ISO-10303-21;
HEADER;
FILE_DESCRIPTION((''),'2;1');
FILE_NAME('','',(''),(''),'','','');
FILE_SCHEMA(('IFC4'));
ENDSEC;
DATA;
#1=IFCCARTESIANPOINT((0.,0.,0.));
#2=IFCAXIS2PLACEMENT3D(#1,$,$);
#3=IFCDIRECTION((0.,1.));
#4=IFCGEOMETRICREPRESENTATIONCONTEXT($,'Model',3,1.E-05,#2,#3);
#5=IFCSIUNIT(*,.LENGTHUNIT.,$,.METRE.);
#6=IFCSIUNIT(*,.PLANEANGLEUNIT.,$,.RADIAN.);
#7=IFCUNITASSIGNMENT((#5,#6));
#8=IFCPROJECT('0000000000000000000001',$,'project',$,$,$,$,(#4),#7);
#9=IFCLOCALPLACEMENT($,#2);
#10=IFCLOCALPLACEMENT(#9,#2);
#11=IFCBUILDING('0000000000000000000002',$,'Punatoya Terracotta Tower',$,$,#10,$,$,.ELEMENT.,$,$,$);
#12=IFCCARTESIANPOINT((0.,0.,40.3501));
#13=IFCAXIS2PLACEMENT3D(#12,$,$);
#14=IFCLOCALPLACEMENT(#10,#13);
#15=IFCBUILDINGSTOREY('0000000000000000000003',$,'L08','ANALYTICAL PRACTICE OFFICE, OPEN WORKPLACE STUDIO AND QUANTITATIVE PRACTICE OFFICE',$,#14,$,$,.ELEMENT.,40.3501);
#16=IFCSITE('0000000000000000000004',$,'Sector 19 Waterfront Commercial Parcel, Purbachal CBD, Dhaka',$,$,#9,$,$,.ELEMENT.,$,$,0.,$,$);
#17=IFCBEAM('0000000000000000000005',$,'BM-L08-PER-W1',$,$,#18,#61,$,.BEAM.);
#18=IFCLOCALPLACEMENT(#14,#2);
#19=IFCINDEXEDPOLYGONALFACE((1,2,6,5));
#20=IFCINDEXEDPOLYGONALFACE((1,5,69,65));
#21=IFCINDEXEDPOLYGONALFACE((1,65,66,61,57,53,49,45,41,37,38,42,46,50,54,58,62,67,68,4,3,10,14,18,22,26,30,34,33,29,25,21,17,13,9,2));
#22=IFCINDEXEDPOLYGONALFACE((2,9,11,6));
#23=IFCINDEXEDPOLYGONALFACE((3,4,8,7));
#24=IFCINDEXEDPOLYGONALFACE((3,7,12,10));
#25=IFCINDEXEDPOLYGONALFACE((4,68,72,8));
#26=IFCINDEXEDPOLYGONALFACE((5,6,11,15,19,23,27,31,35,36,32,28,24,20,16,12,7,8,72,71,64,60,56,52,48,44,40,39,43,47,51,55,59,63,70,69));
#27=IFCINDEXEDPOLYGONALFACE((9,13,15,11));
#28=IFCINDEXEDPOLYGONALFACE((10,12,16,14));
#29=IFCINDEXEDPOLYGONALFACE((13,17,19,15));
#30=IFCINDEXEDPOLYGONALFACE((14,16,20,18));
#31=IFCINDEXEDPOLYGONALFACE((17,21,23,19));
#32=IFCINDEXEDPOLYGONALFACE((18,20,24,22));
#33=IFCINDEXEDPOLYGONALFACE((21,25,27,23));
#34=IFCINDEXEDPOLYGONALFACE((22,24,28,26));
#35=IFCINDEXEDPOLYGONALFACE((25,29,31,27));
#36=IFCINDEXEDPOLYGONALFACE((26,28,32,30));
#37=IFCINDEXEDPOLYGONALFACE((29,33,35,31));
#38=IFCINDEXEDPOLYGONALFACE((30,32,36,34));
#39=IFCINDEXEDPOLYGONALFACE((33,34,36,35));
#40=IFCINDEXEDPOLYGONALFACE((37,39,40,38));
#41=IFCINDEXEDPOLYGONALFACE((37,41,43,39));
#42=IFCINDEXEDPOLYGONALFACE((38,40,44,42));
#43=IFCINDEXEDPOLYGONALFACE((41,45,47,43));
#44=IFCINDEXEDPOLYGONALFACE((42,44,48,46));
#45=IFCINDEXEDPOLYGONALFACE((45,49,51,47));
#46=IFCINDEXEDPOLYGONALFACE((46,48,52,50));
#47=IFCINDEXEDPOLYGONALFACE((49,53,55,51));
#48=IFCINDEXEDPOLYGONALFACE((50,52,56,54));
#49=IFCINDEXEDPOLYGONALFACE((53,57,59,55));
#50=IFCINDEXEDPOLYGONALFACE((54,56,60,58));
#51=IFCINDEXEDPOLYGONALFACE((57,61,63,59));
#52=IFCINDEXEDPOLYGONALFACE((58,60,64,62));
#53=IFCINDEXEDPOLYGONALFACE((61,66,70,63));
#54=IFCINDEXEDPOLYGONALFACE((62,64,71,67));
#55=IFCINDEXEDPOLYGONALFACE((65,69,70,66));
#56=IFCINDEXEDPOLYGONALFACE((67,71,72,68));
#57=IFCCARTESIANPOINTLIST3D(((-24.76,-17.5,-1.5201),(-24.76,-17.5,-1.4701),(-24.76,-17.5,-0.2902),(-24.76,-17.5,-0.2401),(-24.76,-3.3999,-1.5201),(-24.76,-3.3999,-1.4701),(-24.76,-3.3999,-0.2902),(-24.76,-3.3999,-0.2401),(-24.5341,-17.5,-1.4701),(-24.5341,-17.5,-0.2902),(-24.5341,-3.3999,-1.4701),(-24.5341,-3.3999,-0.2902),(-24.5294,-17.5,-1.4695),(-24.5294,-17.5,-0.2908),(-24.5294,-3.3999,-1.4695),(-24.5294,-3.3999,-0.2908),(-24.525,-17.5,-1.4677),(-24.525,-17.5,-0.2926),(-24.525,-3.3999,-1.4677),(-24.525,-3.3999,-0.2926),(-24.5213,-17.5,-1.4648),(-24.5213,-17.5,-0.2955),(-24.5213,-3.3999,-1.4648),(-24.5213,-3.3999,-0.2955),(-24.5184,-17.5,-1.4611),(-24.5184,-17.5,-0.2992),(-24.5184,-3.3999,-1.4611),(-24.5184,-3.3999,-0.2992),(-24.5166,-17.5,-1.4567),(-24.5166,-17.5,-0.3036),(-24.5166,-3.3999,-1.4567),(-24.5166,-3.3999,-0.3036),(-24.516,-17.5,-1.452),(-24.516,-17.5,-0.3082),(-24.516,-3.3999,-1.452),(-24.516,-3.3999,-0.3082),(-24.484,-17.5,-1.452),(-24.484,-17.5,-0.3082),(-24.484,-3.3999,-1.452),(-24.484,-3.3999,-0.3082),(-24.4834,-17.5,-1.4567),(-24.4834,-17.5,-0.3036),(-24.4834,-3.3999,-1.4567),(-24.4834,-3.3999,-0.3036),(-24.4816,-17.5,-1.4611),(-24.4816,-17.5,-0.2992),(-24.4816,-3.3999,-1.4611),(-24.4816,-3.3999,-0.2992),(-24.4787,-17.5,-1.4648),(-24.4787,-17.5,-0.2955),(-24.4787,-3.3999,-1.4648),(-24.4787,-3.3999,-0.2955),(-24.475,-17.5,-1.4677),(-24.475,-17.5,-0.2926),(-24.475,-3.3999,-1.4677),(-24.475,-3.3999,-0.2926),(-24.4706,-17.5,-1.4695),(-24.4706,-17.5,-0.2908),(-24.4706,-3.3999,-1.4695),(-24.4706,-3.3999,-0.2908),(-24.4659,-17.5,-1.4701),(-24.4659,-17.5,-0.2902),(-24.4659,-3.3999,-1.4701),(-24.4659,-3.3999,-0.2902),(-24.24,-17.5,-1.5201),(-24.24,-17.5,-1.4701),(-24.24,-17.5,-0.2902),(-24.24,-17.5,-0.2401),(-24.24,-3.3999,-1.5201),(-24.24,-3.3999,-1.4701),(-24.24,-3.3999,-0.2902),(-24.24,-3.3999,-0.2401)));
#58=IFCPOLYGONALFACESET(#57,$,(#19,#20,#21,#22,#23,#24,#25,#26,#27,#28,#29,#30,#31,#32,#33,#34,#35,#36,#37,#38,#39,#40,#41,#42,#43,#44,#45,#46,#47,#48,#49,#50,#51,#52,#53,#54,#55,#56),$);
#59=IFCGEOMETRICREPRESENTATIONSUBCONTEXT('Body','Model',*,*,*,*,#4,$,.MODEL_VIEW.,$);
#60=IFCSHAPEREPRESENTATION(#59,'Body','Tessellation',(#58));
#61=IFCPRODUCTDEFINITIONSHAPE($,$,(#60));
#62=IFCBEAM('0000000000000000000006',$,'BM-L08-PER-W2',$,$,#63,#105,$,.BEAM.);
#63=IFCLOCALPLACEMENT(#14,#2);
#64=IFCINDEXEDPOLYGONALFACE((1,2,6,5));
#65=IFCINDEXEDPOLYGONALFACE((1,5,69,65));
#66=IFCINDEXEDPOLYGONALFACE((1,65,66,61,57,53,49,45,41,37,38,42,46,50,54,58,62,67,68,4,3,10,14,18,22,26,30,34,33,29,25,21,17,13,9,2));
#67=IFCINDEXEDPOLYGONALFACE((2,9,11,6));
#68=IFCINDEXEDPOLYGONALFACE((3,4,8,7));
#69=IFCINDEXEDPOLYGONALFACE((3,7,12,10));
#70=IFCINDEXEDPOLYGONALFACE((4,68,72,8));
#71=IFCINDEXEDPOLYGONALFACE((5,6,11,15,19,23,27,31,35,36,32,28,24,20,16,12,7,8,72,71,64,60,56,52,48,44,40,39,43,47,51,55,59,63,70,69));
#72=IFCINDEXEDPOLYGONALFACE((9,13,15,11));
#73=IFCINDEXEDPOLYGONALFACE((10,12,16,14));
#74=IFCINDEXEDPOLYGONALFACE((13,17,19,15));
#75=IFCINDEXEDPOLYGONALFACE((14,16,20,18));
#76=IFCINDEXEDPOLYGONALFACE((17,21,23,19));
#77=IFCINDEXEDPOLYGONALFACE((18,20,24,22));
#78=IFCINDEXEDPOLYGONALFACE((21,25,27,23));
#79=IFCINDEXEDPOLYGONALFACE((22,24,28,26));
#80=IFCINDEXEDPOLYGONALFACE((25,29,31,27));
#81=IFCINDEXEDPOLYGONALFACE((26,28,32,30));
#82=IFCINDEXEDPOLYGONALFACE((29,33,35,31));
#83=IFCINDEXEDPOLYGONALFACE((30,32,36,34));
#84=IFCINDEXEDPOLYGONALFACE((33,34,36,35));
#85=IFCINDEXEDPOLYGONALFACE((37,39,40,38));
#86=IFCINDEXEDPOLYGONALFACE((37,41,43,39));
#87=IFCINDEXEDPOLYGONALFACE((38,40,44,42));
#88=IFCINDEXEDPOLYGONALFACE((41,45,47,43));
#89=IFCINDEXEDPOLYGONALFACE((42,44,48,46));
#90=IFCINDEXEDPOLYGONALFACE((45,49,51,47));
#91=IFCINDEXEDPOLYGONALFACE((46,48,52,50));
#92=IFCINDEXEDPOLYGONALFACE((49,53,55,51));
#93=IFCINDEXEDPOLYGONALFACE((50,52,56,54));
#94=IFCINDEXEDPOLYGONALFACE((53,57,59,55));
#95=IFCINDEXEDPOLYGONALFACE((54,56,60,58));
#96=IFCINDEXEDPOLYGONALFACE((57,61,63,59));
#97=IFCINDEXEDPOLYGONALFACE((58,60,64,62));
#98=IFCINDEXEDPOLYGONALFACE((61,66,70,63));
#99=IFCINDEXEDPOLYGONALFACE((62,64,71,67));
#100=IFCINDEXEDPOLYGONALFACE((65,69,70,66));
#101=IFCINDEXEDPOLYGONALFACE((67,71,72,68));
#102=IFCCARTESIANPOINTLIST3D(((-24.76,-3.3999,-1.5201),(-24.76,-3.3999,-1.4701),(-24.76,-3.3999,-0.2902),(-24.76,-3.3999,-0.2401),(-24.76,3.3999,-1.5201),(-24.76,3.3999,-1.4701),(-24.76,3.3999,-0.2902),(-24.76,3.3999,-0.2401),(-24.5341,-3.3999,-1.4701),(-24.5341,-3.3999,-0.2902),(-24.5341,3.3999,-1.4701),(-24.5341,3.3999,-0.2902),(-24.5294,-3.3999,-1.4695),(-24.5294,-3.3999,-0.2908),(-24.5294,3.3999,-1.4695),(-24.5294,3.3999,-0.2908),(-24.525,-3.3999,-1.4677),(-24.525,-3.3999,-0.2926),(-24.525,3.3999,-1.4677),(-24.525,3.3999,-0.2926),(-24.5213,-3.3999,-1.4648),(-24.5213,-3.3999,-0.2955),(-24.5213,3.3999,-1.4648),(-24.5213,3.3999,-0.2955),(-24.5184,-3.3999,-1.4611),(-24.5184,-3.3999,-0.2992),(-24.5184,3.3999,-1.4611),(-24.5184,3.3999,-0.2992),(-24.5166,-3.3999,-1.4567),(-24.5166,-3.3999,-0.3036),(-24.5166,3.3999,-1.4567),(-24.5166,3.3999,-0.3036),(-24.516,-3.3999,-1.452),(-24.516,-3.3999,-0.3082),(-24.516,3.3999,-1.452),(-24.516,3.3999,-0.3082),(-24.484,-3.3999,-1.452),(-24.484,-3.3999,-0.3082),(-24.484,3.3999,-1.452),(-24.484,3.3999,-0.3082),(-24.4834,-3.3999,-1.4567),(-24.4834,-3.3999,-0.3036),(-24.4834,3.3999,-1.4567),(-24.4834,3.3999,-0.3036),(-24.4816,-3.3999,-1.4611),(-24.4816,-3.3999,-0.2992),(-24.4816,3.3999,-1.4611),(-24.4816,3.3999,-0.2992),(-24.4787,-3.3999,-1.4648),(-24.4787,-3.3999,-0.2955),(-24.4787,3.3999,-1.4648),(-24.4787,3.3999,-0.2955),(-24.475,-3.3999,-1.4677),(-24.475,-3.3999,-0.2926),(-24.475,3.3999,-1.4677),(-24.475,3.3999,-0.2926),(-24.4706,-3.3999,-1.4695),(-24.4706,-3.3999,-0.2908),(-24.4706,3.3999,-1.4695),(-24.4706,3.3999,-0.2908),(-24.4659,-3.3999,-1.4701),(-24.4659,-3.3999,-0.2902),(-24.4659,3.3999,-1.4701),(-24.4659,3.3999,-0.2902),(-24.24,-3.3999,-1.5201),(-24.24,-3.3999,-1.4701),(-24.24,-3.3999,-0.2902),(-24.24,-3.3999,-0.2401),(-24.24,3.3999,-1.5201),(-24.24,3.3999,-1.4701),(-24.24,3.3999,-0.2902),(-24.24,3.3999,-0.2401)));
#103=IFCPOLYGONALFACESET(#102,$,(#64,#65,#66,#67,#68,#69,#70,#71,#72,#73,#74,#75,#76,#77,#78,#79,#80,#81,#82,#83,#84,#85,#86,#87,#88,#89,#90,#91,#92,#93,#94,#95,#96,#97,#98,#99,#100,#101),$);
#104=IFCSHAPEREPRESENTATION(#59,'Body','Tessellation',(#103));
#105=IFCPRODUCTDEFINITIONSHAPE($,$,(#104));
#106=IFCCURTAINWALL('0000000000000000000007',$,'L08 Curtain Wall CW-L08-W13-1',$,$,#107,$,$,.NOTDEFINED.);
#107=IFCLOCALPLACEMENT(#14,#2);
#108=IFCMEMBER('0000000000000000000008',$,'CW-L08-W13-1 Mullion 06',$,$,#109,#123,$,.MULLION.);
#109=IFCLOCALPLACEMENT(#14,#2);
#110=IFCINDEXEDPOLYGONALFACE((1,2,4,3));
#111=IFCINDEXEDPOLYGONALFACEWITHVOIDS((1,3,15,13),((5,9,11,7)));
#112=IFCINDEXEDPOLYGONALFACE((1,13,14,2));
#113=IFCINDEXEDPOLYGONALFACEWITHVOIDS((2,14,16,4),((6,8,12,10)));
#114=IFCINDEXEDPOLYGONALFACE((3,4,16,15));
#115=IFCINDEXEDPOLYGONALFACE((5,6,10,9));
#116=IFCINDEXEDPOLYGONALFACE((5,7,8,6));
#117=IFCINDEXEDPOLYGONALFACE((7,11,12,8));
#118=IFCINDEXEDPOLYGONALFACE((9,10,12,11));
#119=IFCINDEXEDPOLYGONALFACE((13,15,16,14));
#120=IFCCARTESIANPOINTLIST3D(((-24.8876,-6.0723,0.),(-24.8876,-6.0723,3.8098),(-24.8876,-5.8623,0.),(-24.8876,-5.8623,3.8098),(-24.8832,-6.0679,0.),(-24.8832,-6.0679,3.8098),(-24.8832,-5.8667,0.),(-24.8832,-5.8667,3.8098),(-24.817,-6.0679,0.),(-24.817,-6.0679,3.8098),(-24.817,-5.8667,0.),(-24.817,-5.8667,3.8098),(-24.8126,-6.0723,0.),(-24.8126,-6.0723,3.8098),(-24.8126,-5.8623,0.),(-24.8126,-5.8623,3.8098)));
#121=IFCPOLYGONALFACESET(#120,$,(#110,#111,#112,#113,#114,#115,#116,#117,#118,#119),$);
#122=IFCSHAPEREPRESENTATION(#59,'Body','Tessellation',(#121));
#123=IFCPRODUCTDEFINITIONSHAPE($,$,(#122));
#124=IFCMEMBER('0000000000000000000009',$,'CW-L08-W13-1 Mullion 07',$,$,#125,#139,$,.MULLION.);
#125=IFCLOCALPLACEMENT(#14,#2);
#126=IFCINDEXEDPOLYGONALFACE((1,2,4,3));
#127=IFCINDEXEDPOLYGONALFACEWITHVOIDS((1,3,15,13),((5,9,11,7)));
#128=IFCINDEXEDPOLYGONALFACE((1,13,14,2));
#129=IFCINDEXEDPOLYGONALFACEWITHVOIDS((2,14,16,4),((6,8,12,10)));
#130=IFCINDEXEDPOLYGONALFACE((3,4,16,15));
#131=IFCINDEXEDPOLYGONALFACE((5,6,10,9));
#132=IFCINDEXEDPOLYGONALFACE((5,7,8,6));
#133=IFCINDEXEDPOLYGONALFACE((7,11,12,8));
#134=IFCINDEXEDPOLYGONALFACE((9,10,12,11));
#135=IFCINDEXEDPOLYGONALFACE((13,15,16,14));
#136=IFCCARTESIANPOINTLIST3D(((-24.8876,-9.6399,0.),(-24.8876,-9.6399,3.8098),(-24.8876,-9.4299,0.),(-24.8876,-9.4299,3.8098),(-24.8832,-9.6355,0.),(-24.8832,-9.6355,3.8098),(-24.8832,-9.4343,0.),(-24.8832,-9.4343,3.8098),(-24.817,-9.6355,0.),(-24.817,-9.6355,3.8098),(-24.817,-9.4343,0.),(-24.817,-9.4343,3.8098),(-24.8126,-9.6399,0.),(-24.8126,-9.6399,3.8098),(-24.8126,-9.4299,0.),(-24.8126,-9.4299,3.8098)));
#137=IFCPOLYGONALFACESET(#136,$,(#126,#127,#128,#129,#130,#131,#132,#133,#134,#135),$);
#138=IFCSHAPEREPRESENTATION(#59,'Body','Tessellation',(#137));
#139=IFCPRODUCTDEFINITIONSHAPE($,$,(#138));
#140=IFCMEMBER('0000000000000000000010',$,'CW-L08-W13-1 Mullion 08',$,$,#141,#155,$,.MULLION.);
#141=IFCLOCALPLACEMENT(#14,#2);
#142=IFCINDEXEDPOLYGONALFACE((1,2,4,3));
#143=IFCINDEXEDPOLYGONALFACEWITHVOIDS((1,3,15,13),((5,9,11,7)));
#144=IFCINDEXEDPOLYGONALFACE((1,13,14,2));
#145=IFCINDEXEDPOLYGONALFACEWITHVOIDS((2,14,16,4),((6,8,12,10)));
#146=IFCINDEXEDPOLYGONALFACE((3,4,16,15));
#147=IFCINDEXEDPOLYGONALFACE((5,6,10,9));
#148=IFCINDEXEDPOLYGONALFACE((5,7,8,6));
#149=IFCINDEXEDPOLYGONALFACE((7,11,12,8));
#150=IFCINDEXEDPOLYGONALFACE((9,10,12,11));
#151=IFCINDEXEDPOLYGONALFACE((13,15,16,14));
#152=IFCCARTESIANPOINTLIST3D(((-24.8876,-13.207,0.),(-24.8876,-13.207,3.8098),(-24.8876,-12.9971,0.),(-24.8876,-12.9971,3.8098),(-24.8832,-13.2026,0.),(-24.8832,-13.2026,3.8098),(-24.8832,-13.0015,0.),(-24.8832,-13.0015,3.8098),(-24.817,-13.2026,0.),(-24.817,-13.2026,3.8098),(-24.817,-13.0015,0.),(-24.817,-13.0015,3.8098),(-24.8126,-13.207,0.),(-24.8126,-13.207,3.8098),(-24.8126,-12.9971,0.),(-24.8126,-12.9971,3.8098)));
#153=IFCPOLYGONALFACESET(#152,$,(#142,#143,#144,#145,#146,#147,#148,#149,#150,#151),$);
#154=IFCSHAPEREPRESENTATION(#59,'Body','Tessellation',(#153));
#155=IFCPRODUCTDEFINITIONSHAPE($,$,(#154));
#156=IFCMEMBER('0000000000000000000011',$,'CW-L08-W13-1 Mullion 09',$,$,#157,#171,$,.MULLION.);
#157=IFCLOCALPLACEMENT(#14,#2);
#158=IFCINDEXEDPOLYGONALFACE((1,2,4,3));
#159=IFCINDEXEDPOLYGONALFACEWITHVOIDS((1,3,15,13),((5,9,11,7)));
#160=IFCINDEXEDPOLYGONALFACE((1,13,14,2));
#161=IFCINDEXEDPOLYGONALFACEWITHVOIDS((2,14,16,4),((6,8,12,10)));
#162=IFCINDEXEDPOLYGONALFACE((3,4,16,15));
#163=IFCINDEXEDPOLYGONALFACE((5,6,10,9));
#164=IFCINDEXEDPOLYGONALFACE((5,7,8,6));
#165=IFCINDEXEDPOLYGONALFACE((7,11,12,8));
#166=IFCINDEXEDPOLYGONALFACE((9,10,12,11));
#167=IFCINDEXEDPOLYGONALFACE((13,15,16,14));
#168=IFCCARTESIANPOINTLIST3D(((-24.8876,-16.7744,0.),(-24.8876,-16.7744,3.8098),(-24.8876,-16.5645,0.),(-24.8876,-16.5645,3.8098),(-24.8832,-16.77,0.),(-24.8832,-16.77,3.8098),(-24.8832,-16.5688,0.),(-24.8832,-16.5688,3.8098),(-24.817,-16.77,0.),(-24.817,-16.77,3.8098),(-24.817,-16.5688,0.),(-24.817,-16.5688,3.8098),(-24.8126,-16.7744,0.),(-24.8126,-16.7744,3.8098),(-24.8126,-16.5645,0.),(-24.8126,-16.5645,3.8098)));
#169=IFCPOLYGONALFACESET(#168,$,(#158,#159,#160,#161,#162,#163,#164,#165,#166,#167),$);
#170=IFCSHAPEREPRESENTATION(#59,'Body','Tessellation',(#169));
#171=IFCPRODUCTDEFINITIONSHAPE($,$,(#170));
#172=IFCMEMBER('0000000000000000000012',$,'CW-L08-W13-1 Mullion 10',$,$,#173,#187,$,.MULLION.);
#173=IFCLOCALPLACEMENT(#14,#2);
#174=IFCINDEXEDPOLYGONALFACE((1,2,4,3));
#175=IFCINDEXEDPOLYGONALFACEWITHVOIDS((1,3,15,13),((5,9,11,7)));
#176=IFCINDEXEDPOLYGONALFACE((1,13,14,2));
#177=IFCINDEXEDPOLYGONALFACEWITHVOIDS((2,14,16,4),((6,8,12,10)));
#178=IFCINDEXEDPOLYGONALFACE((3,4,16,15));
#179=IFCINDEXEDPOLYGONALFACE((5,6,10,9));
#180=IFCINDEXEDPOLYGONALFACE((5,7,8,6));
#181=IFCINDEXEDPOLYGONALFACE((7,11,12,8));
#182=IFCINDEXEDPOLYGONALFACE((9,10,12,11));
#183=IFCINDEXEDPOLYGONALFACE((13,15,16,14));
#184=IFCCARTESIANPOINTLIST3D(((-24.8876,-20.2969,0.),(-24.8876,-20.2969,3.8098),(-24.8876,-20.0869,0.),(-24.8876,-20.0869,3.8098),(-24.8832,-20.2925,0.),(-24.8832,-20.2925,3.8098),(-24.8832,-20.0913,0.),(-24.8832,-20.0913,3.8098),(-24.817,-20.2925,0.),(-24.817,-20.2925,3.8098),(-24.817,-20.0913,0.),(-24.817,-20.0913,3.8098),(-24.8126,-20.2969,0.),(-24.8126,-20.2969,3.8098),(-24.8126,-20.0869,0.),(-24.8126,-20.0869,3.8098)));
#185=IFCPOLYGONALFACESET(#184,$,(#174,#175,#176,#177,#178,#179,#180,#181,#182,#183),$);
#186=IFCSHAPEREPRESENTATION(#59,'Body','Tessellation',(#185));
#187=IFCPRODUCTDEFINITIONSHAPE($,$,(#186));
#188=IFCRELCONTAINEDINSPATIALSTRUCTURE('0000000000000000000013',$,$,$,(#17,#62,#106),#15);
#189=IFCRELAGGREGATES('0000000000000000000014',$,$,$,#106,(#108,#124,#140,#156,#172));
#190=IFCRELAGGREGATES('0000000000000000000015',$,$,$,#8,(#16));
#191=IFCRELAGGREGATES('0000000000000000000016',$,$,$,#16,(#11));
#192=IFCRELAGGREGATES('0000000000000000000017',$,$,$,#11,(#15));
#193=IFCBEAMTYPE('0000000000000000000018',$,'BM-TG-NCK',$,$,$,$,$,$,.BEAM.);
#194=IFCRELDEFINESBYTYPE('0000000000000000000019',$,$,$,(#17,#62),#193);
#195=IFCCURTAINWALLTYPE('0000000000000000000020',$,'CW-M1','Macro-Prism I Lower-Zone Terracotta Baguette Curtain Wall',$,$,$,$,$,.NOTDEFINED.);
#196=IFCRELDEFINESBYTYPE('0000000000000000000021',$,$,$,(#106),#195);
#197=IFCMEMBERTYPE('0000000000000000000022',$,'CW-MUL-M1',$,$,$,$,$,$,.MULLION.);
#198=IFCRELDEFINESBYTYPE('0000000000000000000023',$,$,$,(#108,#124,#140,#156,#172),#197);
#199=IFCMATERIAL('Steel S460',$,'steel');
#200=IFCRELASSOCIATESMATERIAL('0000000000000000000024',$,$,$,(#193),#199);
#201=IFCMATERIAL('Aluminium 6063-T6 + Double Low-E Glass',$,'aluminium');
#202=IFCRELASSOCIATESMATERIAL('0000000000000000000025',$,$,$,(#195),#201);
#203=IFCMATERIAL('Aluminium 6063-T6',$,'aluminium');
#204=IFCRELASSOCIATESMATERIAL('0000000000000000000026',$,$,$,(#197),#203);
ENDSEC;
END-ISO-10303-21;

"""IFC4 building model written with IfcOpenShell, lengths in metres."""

from ifc_helpers import new_model, si_unit, direction, frame, origin, origin_2d, place, context, subcontext, project, spatial, hollow_rectangle, i_section, extrude, material, material_profile, profile_set, type_object, element, aggregate, save


model = new_model("IFC4")

# Units and contexts
model_context = context("Model", 3, precision=1e-05, world=origin(), true_north=direction((0.0, 1.0)))
body_context = subcontext(model_context, "Body", "Model", "MODEL_VIEW")
ifc_project = project(units=[si_unit("LENGTHUNIT", "METRE"), si_unit("PLANEANGLEUNIT", "RADIAN")], contexts=[model_context])

# Site, building, storey
site_placement = place(None, origin())
site = spatial("IfcSite", under=ifc_project, at=site_placement, Name="Sector 19 Waterfront Commercial Parcel, Purbachal CBD, Dhaka", CompositionType="ELEMENT", RefElevation=0.0)
building_placement = place(site_placement, origin())
building = spatial("IfcBuilding", under=site, at=building_placement, Name="Punatoya Terracotta Tower", CompositionType="ELEMENT")
storey_placement = place(building_placement, frame((0.0, 0.0, 40.3501)))
storey = spatial("IfcBuildingStorey", under=building, at=storey_placement, Name="L08", Description="ANALYTICAL PRACTICE OFFICE, OPEN WORKPLACE STUDIO AND QUANTITATIVE PRACTICE OFFICE", CompositionType="ELEMENT", Elevation=40.3501)

# Shared definitions
ifc_material_1 = material(Name="Steel S460", Category="steel")

# Beams
ifc_material_profile_1 = material_profile(ifc_material_1, i_section(OverallWidth=0.52, OverallDepth=1.28, WebThickness=0.032, FlangeThickness=0.05, FilletRadius=0.0181, at=origin_2d()))
ifc_profile_set_1 = profile_set([ifc_material_profile_1], Name="Steel S460")
beam_type_1 = type_object("IfcBeamType", Name="BM-TG-NCK", PredefinedType="BEAM", material=ifc_profile_set_1)
beam_1_placement = place(storey_placement, frame((-24.5, -17.5, -0.8801), z_axis=(0.0, 1.0, 0.0), x_axis=(-1.0, 0.0, 0.0)))
element("IfcBeam", 1, at=beam_1_placement, inside=storey, type_object=beam_type_1, Name="BM-L08-PER-W1", PredefinedType="BEAM", context=body_context, shape_type="SweptSolid", body=[
    extrude(i_section(OverallWidth=0.52, OverallDepth=1.28, WebThickness=0.032, FlangeThickness=0.05, FilletRadius=0.0181, at=origin_2d()), origin(), (0.0, 0.0, 1.0), 14.1001),
])
beam_2_placement = place(storey_placement, frame((-24.5, -3.3999, -0.8801), z_axis=(0.0, 1.0, 0.0), x_axis=(-1.0, 0.0, 0.0)))
element("IfcBeam", 2, at=beam_2_placement, inside=storey, type_object=beam_type_1, Name="BM-L08-PER-W2", PredefinedType="BEAM", context=body_context, shape_type="SweptSolid", body=[
    extrude(i_section(OverallWidth=0.52, OverallDepth=1.28, WebThickness=0.032, FlangeThickness=0.05, FilletRadius=0.0181, at=origin_2d()), origin(), (0.0, 0.0, 1.0), 6.7998),
])

# Curtain wall, members
ifc_material_2 = material(Name="Aluminium 6063-T6 + Double Low-E Glass", Category="aluminium")
curtain_wall_type = type_object("IfcCurtainWallType", Name="CW-M1", Description="Macro-Prism I Lower-Zone Terracotta Baguette Curtain Wall", PredefinedType="NOTDEFINED", material=ifc_material_2)
curtain_wall_1_placement = place(storey_placement, origin())
curtain_wall_1 = element("IfcCurtainWall", 3, at=curtain_wall_1_placement, inside=storey, type_object=curtain_wall_type, Name="L08 Curtain Wall CW-L08-W13-1", PredefinedType="NOTDEFINED")
ifc_material_3 = material(Name="Aluminium 6063-T6", Category="aluminium")
ifc_material_profile_2 = material_profile(ifc_material_3, hollow_rectangle(XDim=0.075, YDim=0.21, WallThickness=0.0044, at=origin_2d()))
ifc_profile_set_2 = profile_set([ifc_material_profile_2], Name="Aluminium 6063-T6")
member_type_1 = type_object("IfcMemberType", Name="CW-MUL-M1", PredefinedType="MULLION", material=ifc_profile_set_2)
member_1_placement = place(storey_placement, frame((-24.8501, -5.9673, 0.0), z_axis=(0.0, 0.0, 1.0), x_axis=(1.0, 0.0, 0.0)))
member_1 = element("IfcMember", 4, at=member_1_placement, type_object=member_type_1, Name="CW-L08-W13-1 Mullion 06", PredefinedType="MULLION", context=body_context, shape_type="SweptSolid", body=[
    extrude(hollow_rectangle(XDim=0.075, YDim=0.21, WallThickness=0.0044, at=origin_2d()), origin(), (0.0, 0.0, 1.0), 3.8098),
])
member_2_placement = place(storey_placement, frame((-24.8501, -9.5349, 0.0), z_axis=(0.0, 0.0, 1.0), x_axis=(1.0, 0.0, 0.0)))
member_2 = element("IfcMember", 5, at=member_2_placement, type_object=member_type_1, Name="CW-L08-W13-1 Mullion 07", PredefinedType="MULLION", context=body_context, shape_type="SweptSolid", body=[
    extrude(hollow_rectangle(XDim=0.075, YDim=0.21, WallThickness=0.0044, at=origin_2d()), origin(), (0.0, 0.0, 1.0), 3.8098),
])
member_3_placement = place(storey_placement, frame((-24.8501, -13.1021, 0.0), z_axis=(0.0, 0.0, 1.0), x_axis=(1.0, 0.0, 0.0)))
member_3 = element("IfcMember", 6, at=member_3_placement, type_object=member_type_1, Name="CW-L08-W13-1 Mullion 08", PredefinedType="MULLION", context=body_context, shape_type="SweptSolid", body=[
    extrude(hollow_rectangle(XDim=0.075, YDim=0.21, WallThickness=0.0044, at=origin_2d()), origin(), (0.0, 0.0, 1.0), 3.8098),
])
member_4_placement = place(storey_placement, frame((-24.8501, -16.6694, 0.0), z_axis=(0.0, 0.0, 1.0), x_axis=(1.0, 0.0, 0.0)))
member_4 = element("IfcMember", 7, at=member_4_placement, type_object=member_type_1, Name="CW-L08-W13-1 Mullion 09", PredefinedType="MULLION", context=body_context, shape_type="SweptSolid", body=[
    extrude(hollow_rectangle(XDim=0.075, YDim=0.21, WallThickness=0.0044, at=origin_2d()), origin(), (0.0, 0.0, 1.0), 3.8098),
])
member_5_placement = place(storey_placement, frame((-24.8501, -20.1919, 0.0), z_axis=(0.0, 0.0, 1.0), x_axis=(1.0, 0.0, 0.0)))
member_5 = element("IfcMember", 8, at=member_5_placement, type_object=member_type_1, Name="CW-L08-W13-1 Mullion 10", PredefinedType="MULLION", context=body_context, shape_type="SweptSolid", body=[
    extrude(hollow_rectangle(XDim=0.075, YDim=0.21, WallThickness=0.0044, at=origin_2d()), origin(), (0.0, 0.0, 1.0), 3.8098),
])

aggregate(curtain_wall_1, [member_1, member_2, member_3, member_4, member_5])

save(model, "model.ifc")
